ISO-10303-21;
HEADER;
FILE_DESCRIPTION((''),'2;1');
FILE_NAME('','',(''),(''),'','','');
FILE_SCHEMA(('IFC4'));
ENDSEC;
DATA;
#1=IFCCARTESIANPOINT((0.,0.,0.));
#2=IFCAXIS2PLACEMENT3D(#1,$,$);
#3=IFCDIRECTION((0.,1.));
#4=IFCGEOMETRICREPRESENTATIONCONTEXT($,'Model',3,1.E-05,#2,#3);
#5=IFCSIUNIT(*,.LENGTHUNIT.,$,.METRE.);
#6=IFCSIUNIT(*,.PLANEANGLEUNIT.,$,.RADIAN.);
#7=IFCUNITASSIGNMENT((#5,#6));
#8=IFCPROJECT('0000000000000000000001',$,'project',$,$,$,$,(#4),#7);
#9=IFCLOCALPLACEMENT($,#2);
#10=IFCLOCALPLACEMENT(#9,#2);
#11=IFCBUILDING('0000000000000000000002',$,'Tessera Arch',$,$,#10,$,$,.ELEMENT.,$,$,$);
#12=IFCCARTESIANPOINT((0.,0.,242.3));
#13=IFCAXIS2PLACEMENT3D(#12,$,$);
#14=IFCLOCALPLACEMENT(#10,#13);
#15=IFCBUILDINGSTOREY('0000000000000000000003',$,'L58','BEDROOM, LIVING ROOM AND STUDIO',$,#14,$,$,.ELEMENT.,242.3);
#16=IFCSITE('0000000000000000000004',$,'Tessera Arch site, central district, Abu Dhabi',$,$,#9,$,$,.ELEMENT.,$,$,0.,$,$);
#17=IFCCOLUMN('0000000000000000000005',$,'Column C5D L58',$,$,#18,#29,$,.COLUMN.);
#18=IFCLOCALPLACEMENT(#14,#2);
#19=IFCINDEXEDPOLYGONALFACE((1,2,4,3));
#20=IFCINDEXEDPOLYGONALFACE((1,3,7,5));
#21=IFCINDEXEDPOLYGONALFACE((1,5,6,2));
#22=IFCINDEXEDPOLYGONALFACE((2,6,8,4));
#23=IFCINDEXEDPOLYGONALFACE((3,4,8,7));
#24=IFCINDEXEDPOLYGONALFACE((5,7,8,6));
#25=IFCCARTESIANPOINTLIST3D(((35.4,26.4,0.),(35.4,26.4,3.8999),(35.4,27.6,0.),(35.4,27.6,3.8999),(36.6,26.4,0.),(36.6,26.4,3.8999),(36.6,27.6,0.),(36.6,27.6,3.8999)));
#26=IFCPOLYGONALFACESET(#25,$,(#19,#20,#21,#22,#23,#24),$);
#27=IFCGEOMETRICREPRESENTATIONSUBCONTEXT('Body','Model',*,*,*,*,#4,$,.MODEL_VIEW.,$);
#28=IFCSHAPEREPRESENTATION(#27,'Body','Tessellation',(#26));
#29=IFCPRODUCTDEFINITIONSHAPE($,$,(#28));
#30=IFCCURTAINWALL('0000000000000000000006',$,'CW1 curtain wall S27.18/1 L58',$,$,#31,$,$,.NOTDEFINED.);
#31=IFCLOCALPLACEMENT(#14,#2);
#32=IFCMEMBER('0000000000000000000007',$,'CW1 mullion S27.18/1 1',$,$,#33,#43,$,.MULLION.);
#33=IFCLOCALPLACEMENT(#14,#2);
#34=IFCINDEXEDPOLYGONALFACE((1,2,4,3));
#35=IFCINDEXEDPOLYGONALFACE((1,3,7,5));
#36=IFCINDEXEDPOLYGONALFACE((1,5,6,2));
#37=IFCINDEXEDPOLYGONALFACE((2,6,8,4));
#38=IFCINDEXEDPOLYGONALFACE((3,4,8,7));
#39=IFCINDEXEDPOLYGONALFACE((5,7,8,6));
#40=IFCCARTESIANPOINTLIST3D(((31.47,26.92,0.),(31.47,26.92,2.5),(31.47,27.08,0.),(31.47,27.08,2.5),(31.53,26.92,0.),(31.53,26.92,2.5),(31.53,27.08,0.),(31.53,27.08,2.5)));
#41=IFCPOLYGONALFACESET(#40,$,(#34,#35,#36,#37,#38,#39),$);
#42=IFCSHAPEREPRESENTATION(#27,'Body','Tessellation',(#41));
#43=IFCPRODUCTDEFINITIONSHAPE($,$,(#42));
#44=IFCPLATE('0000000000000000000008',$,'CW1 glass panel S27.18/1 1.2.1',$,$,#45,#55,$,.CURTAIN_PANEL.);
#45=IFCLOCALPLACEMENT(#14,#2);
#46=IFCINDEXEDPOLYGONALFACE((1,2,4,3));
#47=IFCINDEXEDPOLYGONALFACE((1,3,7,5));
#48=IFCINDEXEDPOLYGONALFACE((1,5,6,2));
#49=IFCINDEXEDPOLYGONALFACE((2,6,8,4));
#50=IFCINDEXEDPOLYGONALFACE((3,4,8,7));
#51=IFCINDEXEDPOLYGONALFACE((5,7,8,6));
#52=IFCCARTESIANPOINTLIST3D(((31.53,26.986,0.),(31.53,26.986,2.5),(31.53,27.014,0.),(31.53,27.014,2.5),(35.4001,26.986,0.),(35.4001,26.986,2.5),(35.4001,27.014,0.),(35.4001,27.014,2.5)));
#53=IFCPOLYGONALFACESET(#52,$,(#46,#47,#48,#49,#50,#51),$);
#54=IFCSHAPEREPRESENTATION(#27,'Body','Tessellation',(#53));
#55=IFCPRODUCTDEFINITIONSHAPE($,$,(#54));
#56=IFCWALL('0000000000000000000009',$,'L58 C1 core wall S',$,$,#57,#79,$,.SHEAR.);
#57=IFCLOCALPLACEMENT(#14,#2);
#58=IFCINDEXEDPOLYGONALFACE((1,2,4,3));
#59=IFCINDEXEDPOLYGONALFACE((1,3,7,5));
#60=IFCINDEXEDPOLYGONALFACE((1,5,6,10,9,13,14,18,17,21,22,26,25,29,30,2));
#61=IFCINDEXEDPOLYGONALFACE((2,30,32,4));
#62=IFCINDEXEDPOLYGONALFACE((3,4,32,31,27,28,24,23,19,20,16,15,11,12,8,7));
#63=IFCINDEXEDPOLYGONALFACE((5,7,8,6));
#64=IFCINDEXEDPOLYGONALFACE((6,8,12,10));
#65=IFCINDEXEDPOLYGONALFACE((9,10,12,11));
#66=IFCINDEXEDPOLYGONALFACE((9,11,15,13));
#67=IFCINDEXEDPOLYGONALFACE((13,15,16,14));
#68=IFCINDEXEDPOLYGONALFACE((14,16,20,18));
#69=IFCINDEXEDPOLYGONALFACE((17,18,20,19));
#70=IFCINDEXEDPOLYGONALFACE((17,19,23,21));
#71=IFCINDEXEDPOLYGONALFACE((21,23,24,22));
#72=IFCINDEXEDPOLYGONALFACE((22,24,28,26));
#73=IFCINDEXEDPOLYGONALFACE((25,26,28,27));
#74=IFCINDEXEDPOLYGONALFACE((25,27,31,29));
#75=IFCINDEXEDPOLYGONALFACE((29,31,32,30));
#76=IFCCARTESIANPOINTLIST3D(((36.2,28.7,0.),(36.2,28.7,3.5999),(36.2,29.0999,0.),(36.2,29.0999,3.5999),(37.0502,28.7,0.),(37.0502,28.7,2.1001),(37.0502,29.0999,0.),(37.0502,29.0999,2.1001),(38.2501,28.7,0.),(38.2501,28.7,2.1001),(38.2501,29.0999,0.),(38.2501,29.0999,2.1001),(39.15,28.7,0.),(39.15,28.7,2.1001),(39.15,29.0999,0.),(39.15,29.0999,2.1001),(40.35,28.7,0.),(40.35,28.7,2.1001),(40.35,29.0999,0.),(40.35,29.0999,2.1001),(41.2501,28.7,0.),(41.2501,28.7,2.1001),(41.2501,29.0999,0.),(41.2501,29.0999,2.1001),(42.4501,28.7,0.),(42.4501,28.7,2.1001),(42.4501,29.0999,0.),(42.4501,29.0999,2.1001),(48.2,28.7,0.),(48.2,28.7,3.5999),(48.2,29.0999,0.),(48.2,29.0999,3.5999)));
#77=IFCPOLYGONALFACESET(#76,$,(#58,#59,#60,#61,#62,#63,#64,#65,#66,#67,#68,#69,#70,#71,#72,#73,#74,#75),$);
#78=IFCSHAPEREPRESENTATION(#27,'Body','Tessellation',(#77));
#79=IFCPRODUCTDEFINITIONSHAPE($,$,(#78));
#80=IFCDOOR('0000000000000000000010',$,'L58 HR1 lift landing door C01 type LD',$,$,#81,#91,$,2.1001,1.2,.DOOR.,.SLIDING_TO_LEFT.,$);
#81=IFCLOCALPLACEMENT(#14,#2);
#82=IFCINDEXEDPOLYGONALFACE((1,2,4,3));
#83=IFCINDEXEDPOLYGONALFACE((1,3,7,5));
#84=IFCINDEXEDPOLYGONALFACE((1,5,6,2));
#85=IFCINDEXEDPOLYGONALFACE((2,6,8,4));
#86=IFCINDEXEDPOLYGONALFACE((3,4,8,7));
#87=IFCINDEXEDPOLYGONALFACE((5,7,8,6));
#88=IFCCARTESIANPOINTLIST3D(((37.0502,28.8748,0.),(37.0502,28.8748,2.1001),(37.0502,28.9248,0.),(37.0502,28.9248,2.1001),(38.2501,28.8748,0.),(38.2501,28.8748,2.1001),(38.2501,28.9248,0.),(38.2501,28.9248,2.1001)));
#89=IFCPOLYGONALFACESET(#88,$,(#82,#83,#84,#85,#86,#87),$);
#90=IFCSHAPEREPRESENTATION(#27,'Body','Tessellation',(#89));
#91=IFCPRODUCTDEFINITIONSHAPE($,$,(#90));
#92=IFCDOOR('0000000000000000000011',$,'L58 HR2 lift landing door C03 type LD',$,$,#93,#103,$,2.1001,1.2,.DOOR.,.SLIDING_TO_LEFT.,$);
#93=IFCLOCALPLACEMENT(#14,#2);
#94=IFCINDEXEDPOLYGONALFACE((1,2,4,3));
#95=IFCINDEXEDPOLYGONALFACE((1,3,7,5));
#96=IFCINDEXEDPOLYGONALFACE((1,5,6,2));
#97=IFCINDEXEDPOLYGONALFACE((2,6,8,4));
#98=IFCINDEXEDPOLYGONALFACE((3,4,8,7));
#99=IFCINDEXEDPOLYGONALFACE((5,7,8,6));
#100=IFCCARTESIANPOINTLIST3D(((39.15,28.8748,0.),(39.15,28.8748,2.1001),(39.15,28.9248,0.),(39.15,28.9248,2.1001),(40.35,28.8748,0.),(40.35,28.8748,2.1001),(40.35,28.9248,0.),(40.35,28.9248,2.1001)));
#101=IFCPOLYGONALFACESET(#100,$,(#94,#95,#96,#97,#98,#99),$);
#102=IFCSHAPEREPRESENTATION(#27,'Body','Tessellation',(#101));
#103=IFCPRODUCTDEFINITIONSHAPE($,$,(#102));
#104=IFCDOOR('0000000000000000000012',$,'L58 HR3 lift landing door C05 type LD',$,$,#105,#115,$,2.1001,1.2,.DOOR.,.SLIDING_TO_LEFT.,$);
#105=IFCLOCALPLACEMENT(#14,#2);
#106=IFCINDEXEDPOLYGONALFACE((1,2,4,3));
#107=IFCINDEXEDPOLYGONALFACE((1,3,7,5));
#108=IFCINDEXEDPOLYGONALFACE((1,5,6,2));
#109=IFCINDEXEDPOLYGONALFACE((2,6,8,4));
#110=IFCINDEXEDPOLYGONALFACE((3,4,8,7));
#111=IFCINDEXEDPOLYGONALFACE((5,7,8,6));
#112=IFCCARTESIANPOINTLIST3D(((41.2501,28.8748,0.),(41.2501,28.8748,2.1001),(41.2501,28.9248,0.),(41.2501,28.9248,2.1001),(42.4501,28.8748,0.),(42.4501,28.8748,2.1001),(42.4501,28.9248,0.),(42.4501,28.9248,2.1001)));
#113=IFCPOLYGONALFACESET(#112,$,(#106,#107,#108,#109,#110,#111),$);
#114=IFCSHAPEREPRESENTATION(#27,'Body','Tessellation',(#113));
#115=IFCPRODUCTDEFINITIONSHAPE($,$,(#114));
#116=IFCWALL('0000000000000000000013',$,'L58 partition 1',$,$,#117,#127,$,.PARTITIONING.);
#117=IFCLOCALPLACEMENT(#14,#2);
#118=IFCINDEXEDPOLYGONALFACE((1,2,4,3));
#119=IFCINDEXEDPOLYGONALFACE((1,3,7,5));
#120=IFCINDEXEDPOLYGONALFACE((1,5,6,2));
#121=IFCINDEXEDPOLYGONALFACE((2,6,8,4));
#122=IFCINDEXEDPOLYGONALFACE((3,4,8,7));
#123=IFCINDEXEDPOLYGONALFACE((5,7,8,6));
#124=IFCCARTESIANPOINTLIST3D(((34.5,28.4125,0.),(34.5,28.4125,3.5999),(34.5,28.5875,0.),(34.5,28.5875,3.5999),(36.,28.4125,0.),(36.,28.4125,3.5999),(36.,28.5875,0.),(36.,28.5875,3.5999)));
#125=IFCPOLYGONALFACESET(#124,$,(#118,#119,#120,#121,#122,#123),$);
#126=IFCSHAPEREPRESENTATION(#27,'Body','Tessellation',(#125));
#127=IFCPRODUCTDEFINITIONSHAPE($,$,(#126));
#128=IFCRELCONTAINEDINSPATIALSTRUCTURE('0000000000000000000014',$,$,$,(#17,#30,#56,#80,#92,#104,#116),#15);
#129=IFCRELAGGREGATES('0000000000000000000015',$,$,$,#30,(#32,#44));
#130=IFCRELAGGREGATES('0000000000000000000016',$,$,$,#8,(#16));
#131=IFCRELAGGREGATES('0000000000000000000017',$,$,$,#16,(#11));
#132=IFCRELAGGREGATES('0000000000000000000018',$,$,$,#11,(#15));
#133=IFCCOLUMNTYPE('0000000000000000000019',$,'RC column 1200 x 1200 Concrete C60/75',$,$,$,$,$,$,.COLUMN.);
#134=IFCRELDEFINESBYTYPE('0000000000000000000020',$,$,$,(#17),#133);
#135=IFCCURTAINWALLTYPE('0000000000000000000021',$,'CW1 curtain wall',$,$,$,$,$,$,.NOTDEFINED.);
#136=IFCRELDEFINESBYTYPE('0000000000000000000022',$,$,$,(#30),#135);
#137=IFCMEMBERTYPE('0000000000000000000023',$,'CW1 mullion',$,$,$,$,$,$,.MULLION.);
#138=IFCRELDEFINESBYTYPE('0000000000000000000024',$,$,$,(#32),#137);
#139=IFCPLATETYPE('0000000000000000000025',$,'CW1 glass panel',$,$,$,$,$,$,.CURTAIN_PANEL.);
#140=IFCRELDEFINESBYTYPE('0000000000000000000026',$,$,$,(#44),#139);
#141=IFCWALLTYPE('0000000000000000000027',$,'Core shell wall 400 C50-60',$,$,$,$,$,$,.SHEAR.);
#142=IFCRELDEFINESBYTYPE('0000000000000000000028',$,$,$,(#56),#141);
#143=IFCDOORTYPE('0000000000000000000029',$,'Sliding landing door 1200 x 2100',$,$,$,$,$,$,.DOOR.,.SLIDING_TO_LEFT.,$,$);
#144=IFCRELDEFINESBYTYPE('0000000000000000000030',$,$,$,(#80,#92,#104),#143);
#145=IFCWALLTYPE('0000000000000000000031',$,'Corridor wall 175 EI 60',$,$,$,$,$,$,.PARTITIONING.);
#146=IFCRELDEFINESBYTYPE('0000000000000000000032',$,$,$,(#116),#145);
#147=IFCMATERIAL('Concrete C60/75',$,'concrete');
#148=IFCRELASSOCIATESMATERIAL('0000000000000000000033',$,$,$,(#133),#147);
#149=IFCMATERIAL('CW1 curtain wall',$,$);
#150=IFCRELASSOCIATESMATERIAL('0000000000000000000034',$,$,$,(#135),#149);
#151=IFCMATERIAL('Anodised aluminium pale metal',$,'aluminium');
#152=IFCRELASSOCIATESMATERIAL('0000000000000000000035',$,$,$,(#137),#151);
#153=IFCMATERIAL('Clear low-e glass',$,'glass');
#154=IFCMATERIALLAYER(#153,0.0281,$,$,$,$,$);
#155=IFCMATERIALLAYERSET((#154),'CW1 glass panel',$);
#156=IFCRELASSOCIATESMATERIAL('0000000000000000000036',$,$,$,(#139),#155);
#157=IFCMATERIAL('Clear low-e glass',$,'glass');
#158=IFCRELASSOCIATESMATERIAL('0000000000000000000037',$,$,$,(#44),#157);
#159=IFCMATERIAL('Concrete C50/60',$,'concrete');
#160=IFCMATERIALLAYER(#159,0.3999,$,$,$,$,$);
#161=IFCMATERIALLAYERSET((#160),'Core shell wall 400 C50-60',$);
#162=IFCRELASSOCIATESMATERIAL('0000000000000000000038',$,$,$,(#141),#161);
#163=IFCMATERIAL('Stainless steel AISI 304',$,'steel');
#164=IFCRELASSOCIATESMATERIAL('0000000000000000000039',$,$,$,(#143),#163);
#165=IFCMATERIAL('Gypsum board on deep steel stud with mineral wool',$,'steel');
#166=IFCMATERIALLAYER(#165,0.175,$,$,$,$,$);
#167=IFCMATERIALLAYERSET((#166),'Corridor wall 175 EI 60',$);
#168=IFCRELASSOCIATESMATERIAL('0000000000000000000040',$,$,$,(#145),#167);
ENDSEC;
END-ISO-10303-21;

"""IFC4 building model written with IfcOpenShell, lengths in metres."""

from ifc_helpers import new_model, si_unit, direction, frame, frame_2d, origin, origin_2d, place, context, subcontext, project, spatial, rectangle, extrude, material, layer, layer_set, material_profile, profile_set, type_object, element, fill, aggregate, save


model = new_model("IFC4")

# Units and contexts
model_context = context("Model", 3, precision=1e-05, world=origin(), true_north=direction((0.0, 1.0)))
body_context = subcontext(model_context, "Body", "Model", "MODEL_VIEW")
ifc_project = project(units=[si_unit("LENGTHUNIT", "METRE"), si_unit("PLANEANGLEUNIT", "RADIAN")], contexts=[model_context])

# Site, building, storey
site_placement = place(None, origin())
site = spatial("IfcSite", under=ifc_project, at=site_placement, Name="Tessera Arch site, central district, Abu Dhabi", CompositionType="ELEMENT", RefElevation=0.0)
building_placement = place(site_placement, origin())
building = spatial("IfcBuilding", under=site, at=building_placement, Name="Tessera Arch", CompositionType="ELEMENT")
storey_placement = place(building_placement, frame((0.0, 0.0, 242.3)))
storey = spatial("IfcBuildingStorey", under=building, at=storey_placement, Name="L58", Description="BEDROOM, LIVING ROOM AND STUDIO", CompositionType="ELEMENT", Elevation=242.3)

# Column
ifc_material_1 = material(Name="Concrete C60/75", Category="concrete")
ifc_material_profile_1 = material_profile(ifc_material_1, rectangle(XDim=1.2, YDim=1.2, at=origin_2d()), Name="RC column 1200 x 1200 Concrete C60/75")
ifc_profile_set_1 = profile_set([ifc_material_profile_1], Name="Concrete C60/75")
column_type = type_object("IfcColumnType", Name="RC column 1200 x 1200 Concrete C60/75", PredefinedType="COLUMN", material=ifc_profile_set_1)
column_placement = place(storey_placement, frame((36.0, 27.0, 0.0), z_axis=(0.0, 0.0, 1.0), x_axis=(1.0, 0.0, 0.0)))
element("IfcColumn", 1, at=column_placement, inside=storey, type_object=column_type, Name="Column C5D L58", PredefinedType="COLUMN", context=body_context, shape_type="SweptSolid", body=[
    extrude(rectangle(XDim=1.2, YDim=1.2, at=origin_2d()), origin(), (0.0, 0.0, 1.0), 3.8999),
])

# Curtain wall, member, plate
ifc_material_2 = material(Name="CW1 curtain wall")
curtain_wall_type = type_object("IfcCurtainWallType", Name="CW1 curtain wall", PredefinedType="NOTDEFINED", material=ifc_material_2)
curtain_wall_placement = place(storey_placement, origin())
curtain_wall = element("IfcCurtainWall", 2, at=curtain_wall_placement, inside=storey, type_object=curtain_wall_type, Name="CW1 curtain wall S27.18/1 L58", PredefinedType="NOTDEFINED")
ifc_material_3 = material(Name="Anodised aluminium pale metal", Category="aluminium")
ifc_material_profile_2 = material_profile(ifc_material_3, rectangle(XDim=0.1599, YDim=0.0601, at=origin_2d()), Name="AL 60x160")
ifc_profile_set_2 = profile_set([ifc_material_profile_2], Name="Anodised aluminium pale metal")
member_type = type_object("IfcMemberType", Name="CW1 mullion", PredefinedType="MULLION", material=ifc_profile_set_2)
member_placement = place(storey_placement, frame((31.5, 27.0, 0.0), z_axis=(0.0, 0.0, 1.0), x_axis=(0.0, 1.0, 0.0)))
member = element("IfcMember", 3, at=member_placement, type_object=member_type, Name="CW1 mullion S27.18/1 1", PredefinedType="MULLION", context=body_context, shape_type="SweptSolid", body=[
    extrude(rectangle(XDim=0.1599, YDim=0.0601, at=origin_2d()), origin(), (0.0, 0.0, 1.0), 2.5),
])
ifc_material_4 = material(Name="Clear low-e glass", Category="glass")
ifc_material_5 = material(Name="Clear low-e glass", Category="glass")
ifc_layer_1 = layer(ifc_material_5, 0.0281)
ifc_layer_set_1 = layer_set([ifc_layer_1], Name="CW1 glass panel")
plate_type = type_object("IfcPlateType", Name="CW1 glass panel", PredefinedType="CURTAIN_PANEL", material=ifc_layer_set_1)
plate_placement = place(storey_placement, frame((33.4651, 27.0, 0.0), z_axis=(0.0, 0.0, 1.0), x_axis=(1.0, 0.0, 0.0)))
plate = element("IfcPlate", 4, at=plate_placement, type_object=plate_type, material=ifc_material_4, Name="CW1 glass panel S27.18/1 1.2.1", PredefinedType="CURTAIN_PANEL", context=body_context, shape_type="SweptSolid", body=[
    extrude(rectangle(XDim=3.8701, YDim=0.0281, at=origin_2d()), origin(), (0.0, 0.0, 1.0), 2.5),
])
aggregate(curtain_wall, [member, plate])

# Wall, openings, doors
ifc_material_6 = material(Name="Concrete C50/60", Category="concrete")
ifc_layer_2 = layer(ifc_material_6, 0.3999)
ifc_layer_set_2 = layer_set([ifc_layer_2], Name="Core shell wall 400 C50-60")
wall_type_1 = type_object("IfcWallType", Name="Core shell wall 400 C50-60", PredefinedType="SHEAR", material=ifc_layer_set_2)
wall_1_placement = place(storey_placement, frame((36.2, 28.8999, 0.0), z_axis=(0.0, 0.0, 1.0), x_axis=(1.0, 0.0, 0.0)))
wall_1 = element("IfcWall", 5, at=wall_1_placement, inside=storey, type_object=wall_type_1, Name="L58 C1 core wall S", PredefinedType="SHEAR", context=body_context, shape_type="SweptSolid", body=[
    extrude(rectangle(XDim=12.0, YDim=0.3999, at=frame_2d((6.0, 0.0))), origin(), (0.0, 0.0, 1.0), 3.5999),
])
opening_1_placement = place(wall_1_placement, frame((0.8501, 0.0, 0.0)))
opening_1 = element("IfcOpeningElement", 6, at=opening_1_placement, cuts=wall_1, PredefinedType="OPENING", context=body_context, shape_type="SweptSolid", body=[
    extrude(rectangle(XDim=1.2, YDim=2.1001, at=frame_2d((0.6001, 1.05))), frame((0.0, 0.21, 0.0), z_axis=(0.0, -1.0, 0.0), x_axis=(1.0, 0.0, 0.0)), (0.0, 0.0, 1.0), 0.4199),
])
opening_2_placement = place(wall_1_placement, frame((2.95, 0.0, 0.0)))
opening_2 = element("IfcOpeningElement", 7, at=opening_2_placement, cuts=wall_1, PredefinedType="OPENING", context=body_context, shape_type="SweptSolid", body=[
    extrude(rectangle(XDim=1.2, YDim=2.1001, at=frame_2d((0.6001, 1.05))), frame((0.0, 0.21, 0.0), z_axis=(0.0, -1.0, 0.0), x_axis=(1.0, 0.0, 0.0)), (0.0, 0.0, 1.0), 0.4199),
])
opening_3_placement = place(wall_1_placement, frame((5.05, 0.0, 0.0)))
opening_3 = element("IfcOpeningElement", 8, at=opening_3_placement, cuts=wall_1, PredefinedType="OPENING", context=body_context, shape_type="SweptSolid", body=[
    extrude(rectangle(XDim=1.2, YDim=2.1001, at=frame_2d((0.6001, 1.05))), frame((0.0, 0.21, 0.0), z_axis=(0.0, -1.0, 0.0), x_axis=(1.0, 0.0, 0.0)), (0.0, 0.0, 1.0), 0.4199),
])
ifc_material_7 = material(Name="Stainless steel AISI 304", Category="steel")
door_type_1 = type_object("IfcDoorType", Name="Sliding landing door 1200 x 2100", OperationType="SLIDING_TO_LEFT", PredefinedType="DOOR", material=ifc_material_7)
door_1_placement = place(opening_1_placement, origin())
door_1 = element("IfcDoor", 9, at=door_1_placement, inside=storey, type_object=door_type_1, Name="L58 HR1 lift landing door C01 type LD", OperationType="SLIDING_TO_LEFT", OverallHeight=2.1001, OverallWidth=1.2, PredefinedType="DOOR", context=body_context, shape_type="SweptSolid", body=[
    extrude(rectangle(XDim=1.2, YDim=2.1001, at=frame_2d((0.6001, 1.05))), frame((0.0, 0.0249, 0.0), z_axis=(0.0, -1.0, 0.0), x_axis=(1.0, 0.0, 0.0)), (0.0, 0.0, 1.0), 0.05),
])
fill(opening_1, door_1)
door_2_placement = place(opening_2_placement, origin())
door_2 = element("IfcDoor", 10, at=door_2_placement, inside=storey, type_object=door_type_1, Name="L58 HR2 lift landing door C03 type LD", OperationType="SLIDING_TO_LEFT", OverallHeight=2.1001, OverallWidth=1.2, PredefinedType="DOOR", context=body_context, shape_type="SweptSolid", body=[
    extrude(rectangle(XDim=1.2, YDim=2.1001, at=frame_2d((0.6001, 1.05))), frame((0.0, 0.0249, 0.0), z_axis=(0.0, -1.0, 0.0), x_axis=(1.0, 0.0, 0.0)), (0.0, 0.0, 1.0), 0.05),
])
fill(opening_2, door_2)
door_3_placement = place(opening_3_placement, origin())
door_3 = element("IfcDoor", 11, at=door_3_placement, inside=storey, type_object=door_type_1, Name="L58 HR3 lift landing door C05 type LD", OperationType="SLIDING_TO_LEFT", OverallHeight=2.1001, OverallWidth=1.2, PredefinedType="DOOR", context=body_context, shape_type="SweptSolid", body=[
    extrude(rectangle(XDim=1.2, YDim=2.1001, at=frame_2d((0.6001, 1.05))), frame((0.0, 0.0249, 0.0), z_axis=(0.0, -1.0, 0.0), x_axis=(1.0, 0.0, 0.0)), (0.0, 0.0, 1.0), 0.05),
])
fill(opening_3, door_3)

# Wall
ifc_material_8 = material(Name="Gypsum board on deep steel stud with mineral wool", Category="steel")
ifc_layer_3 = layer(ifc_material_8, 0.175)
ifc_layer_set_3 = layer_set([ifc_layer_3], Name="Corridor wall 175 EI 60")
wall_type_2 = type_object("IfcWallType", Name="Corridor wall 175 EI 60", PredefinedType="PARTITIONING", material=ifc_layer_set_3)
wall_2_placement = place(storey_placement, frame((34.5, 28.5, 0.0), z_axis=(0.0, 0.0, 1.0), x_axis=(1.0, 0.0, 0.0)))
element("IfcWall", 12, at=wall_2_placement, inside=storey, type_object=wall_type_2, Name="L58 partition 1", PredefinedType="PARTITIONING", context=body_context, shape_type="SweptSolid", body=[
    extrude(rectangle(XDim=1.5, YDim=0.175, at=frame_2d((0.75, 0.0))), origin(), (0.0, 0.0, 1.0), 3.5999),
])

save(model, "model.ifc")
